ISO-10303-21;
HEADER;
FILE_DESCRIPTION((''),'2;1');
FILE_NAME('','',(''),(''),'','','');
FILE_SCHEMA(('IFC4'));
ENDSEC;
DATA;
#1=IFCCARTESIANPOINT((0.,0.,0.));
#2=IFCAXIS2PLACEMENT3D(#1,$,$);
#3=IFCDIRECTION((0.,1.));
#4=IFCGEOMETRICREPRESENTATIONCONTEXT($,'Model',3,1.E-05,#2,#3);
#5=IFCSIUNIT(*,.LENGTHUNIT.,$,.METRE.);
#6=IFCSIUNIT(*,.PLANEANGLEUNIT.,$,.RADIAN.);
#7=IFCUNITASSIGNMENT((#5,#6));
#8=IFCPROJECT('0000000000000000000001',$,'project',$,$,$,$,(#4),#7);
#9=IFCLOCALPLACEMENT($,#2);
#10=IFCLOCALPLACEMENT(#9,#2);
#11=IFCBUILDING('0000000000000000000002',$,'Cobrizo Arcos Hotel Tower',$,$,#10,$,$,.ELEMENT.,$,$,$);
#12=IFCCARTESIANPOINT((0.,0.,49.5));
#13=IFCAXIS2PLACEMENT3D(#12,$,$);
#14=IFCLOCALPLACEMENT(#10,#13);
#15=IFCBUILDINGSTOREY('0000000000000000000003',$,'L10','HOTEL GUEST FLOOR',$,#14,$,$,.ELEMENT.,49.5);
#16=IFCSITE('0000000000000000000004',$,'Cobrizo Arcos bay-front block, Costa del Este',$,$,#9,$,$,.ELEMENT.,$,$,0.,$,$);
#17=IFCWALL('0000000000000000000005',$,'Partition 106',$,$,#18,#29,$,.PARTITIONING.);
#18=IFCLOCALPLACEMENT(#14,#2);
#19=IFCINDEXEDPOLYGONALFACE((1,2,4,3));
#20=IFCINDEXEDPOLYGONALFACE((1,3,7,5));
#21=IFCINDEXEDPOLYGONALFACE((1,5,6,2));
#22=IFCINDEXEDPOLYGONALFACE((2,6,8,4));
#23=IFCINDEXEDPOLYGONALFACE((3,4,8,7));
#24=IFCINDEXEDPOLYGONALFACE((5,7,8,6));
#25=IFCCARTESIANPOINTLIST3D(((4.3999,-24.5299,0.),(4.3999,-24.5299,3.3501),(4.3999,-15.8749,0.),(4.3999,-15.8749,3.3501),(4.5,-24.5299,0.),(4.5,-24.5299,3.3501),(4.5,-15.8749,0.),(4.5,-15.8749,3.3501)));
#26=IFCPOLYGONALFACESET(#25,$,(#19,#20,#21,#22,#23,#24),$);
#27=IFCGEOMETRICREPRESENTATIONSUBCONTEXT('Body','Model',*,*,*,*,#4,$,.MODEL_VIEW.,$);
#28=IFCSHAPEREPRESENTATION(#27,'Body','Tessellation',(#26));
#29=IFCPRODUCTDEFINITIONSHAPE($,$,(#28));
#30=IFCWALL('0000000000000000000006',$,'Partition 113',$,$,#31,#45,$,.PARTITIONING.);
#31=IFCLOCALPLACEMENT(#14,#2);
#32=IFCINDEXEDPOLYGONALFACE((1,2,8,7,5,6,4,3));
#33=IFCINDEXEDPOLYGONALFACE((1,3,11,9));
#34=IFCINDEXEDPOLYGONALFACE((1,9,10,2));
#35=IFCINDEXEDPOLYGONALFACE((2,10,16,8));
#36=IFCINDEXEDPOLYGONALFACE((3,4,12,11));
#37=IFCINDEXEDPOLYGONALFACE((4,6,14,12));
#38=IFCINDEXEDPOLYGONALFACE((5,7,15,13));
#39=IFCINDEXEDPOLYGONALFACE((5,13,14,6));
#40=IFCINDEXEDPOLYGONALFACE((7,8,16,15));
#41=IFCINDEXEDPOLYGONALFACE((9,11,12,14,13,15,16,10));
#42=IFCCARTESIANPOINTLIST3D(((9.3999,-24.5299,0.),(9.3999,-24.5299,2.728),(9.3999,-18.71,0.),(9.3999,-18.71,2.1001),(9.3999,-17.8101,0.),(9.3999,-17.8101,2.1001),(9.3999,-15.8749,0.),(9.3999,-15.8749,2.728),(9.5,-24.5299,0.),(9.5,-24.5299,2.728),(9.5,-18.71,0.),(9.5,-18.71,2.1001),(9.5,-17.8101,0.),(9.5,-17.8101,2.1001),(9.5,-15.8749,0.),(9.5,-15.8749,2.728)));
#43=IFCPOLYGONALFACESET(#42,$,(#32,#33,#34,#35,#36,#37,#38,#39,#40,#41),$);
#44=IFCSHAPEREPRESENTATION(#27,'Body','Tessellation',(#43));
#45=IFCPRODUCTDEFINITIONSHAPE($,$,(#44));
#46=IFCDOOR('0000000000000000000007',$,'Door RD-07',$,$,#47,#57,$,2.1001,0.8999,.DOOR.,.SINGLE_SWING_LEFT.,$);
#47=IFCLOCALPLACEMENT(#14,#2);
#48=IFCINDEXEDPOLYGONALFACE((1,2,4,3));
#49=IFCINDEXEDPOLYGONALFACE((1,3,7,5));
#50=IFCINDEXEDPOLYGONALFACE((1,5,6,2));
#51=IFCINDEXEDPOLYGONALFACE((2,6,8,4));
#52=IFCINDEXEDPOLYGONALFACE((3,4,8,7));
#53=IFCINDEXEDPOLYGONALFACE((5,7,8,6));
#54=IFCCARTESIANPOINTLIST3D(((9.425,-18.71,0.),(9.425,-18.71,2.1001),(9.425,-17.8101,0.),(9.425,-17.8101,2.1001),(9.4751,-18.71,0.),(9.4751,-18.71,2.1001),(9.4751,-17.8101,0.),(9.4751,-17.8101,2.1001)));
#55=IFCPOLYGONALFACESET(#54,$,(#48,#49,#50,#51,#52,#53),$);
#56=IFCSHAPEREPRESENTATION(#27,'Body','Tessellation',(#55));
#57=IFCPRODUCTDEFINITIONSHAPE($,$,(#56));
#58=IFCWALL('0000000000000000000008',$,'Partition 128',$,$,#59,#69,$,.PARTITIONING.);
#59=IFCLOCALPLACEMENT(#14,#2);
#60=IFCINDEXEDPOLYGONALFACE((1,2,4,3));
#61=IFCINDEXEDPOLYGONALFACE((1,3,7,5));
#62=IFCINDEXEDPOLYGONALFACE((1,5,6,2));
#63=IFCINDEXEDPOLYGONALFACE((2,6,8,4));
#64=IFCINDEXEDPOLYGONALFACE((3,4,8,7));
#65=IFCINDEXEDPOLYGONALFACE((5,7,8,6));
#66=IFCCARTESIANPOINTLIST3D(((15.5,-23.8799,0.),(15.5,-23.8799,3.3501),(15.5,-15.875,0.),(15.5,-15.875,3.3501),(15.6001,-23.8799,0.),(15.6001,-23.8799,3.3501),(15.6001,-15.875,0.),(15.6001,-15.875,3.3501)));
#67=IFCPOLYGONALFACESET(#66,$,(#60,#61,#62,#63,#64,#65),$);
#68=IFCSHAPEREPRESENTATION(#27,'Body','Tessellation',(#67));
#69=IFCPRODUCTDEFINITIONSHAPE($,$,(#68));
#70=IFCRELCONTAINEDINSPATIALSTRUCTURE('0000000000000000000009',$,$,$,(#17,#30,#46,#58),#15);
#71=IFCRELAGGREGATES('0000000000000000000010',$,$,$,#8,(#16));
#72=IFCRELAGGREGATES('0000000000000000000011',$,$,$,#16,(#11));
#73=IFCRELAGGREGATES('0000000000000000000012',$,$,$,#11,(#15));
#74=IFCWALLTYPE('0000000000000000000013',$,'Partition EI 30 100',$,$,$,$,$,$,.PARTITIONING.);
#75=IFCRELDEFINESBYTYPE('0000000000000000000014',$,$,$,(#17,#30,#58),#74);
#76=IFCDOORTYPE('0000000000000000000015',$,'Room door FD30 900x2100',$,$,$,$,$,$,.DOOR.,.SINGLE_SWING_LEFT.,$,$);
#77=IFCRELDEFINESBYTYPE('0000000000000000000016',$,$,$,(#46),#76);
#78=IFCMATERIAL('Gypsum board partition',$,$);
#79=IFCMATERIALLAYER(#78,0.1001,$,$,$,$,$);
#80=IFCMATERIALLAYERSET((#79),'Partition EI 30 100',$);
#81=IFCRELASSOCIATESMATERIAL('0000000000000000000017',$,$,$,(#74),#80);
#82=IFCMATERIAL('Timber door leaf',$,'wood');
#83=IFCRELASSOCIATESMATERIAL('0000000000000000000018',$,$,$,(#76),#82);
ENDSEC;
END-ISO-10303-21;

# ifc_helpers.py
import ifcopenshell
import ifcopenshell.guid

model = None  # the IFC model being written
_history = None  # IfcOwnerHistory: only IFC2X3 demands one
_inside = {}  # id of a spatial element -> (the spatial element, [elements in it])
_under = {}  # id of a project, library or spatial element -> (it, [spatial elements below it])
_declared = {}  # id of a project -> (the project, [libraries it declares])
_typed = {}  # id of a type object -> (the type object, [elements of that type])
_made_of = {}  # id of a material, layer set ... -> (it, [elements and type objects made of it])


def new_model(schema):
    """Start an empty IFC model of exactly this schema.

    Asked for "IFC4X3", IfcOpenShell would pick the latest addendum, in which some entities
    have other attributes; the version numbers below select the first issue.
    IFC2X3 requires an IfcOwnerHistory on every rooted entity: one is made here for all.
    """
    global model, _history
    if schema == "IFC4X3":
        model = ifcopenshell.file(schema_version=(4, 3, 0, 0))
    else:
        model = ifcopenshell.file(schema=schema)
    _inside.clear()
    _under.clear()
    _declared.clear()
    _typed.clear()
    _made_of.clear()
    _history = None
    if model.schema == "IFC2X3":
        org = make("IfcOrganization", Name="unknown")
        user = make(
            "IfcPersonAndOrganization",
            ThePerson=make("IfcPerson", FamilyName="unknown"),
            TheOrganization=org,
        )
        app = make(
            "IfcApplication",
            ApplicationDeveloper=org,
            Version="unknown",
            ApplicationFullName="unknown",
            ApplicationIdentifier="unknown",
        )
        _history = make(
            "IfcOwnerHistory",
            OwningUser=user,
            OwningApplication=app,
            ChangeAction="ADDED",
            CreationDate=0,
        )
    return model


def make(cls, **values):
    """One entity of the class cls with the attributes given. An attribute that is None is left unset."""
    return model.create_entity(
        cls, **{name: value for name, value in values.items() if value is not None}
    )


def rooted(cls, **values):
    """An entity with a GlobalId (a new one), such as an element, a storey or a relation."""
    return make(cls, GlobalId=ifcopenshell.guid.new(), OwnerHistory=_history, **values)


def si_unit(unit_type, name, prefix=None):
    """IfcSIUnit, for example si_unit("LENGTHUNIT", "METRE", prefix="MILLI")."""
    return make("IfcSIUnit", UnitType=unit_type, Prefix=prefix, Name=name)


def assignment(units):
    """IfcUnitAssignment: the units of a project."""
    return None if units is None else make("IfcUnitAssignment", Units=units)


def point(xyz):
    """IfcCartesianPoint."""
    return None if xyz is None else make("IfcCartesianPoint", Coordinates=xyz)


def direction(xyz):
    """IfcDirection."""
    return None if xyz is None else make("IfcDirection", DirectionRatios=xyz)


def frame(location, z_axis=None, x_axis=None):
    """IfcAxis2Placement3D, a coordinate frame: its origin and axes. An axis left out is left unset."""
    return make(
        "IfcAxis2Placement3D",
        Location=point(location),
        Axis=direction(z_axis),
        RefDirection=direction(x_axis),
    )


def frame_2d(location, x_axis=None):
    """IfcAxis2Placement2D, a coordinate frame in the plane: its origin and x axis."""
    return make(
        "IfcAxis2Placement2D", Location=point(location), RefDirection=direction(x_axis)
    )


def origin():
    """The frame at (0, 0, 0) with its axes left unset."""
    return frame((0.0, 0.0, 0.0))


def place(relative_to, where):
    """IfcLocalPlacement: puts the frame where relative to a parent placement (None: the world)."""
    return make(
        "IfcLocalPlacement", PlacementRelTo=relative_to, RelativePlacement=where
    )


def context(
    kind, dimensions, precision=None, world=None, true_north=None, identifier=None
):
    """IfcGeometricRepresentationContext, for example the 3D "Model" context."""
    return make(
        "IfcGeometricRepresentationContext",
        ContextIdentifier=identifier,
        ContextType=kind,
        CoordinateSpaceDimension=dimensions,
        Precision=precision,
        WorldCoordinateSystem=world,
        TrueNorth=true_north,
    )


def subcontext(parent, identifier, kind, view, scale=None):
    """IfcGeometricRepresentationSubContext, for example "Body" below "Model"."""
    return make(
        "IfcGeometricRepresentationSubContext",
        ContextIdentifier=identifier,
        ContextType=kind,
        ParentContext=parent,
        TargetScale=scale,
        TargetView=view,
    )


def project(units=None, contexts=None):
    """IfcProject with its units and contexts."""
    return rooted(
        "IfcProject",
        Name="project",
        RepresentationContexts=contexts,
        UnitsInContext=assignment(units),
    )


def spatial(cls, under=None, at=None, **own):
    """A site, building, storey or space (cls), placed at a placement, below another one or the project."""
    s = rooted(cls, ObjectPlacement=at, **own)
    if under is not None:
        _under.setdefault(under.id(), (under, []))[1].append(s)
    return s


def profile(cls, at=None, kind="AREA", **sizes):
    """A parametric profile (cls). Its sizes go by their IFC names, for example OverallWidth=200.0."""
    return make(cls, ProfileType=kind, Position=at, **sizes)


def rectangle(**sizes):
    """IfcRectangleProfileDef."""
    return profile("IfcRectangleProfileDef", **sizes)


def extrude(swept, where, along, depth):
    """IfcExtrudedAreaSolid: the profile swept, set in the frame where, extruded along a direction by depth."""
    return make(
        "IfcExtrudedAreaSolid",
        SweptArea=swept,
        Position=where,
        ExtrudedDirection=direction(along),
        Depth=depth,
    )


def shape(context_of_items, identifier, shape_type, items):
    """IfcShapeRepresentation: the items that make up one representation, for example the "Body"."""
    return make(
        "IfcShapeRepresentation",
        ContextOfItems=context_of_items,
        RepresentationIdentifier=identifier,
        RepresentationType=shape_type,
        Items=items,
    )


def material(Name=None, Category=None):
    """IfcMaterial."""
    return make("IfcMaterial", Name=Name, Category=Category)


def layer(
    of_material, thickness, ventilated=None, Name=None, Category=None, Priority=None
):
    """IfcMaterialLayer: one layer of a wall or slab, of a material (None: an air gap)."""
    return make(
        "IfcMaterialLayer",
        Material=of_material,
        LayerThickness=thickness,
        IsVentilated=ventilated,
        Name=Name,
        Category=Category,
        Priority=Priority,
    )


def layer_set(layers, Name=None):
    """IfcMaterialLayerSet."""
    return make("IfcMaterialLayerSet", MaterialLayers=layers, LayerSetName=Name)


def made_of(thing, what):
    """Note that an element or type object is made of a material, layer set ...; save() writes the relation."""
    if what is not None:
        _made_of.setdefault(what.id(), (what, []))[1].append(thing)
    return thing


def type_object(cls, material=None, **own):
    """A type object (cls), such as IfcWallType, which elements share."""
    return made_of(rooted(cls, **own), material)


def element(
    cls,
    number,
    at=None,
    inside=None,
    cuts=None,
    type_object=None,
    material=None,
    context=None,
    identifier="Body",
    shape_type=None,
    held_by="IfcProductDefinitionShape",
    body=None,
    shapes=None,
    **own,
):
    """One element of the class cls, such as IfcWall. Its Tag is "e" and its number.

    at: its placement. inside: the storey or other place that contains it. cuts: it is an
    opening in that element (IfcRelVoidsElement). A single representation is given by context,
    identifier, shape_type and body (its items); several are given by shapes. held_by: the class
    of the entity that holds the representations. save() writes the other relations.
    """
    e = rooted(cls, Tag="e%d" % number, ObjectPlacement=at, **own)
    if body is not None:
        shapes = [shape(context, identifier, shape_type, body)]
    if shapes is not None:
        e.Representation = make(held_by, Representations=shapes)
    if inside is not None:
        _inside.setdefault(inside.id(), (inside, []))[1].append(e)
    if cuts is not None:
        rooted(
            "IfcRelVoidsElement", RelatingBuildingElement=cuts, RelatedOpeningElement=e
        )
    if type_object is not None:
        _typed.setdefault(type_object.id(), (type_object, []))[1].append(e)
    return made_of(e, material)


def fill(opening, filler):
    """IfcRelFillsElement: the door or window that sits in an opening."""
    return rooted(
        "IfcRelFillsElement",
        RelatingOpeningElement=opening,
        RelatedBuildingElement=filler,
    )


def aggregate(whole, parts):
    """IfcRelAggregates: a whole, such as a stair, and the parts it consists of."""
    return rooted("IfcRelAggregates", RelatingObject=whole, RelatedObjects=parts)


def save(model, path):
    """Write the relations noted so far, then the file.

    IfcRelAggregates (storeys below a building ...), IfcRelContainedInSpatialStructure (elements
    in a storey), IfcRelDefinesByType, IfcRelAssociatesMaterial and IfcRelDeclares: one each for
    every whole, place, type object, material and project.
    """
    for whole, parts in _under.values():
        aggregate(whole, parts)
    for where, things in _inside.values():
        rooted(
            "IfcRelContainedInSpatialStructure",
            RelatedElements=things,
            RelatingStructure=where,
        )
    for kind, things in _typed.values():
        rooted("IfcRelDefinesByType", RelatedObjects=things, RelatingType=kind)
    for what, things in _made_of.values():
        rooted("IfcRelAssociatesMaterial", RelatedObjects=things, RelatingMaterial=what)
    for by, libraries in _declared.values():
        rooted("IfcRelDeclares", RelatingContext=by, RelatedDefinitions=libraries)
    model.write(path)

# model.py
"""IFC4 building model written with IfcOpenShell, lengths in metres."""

from ifc_helpers import new_model, si_unit, direction, frame, frame_2d, origin, place, context, subcontext, project, spatial, rectangle, extrude, material, layer, layer_set, type_object, element, fill, save


model = new_model("IFC4")

# Units and contexts
model_context = context("Model", 3, precision=1e-05, world=origin(), true_north=direction((0.0, 1.0)))
body_context = subcontext(model_context, "Body", "Model", "MODEL_VIEW")
ifc_project = project(units=[si_unit("LENGTHUNIT", "METRE"), si_unit("PLANEANGLEUNIT", "RADIAN")], contexts=[model_context])

# Site, building, storey
site_placement = place(None, origin())
site = spatial("IfcSite", under=ifc_project, at=site_placement, Name="Cobrizo Arcos bay-front block, Costa del Este", CompositionType="ELEMENT", RefElevation=0.0)
building_placement = place(site_placement, origin())
building = spatial("IfcBuilding", under=site, at=building_placement, Name="Cobrizo Arcos Hotel Tower", CompositionType="ELEMENT")
storey_placement = place(building_placement, frame((0.0, 0.0, 49.5)))
storey = spatial("IfcBuildingStorey", under=building, at=storey_placement, Name="L10", Description="HOTEL GUEST FLOOR", CompositionType="ELEMENT", Elevation=49.5)

# Wall
ifc_material_1 = material(Name="Gypsum board partition")
ifc_layer_1 = layer(ifc_material_1, 0.1001)
ifc_layer_set_1 = layer_set([ifc_layer_1], Name="Partition EI 30 100")
wall_type = type_object("IfcWallType", Name="Partition EI 30 100", PredefinedType="PARTITIONING", material=ifc_layer_set_1)
wall_1_placement = place(storey_placement, frame((4.45, -24.53, 0.0), z_axis=(0.0, 0.0, 1.0), x_axis=(0.0, 1.0, 0.0)))
element("IfcWall", 1, at=wall_1_placement, inside=storey, type_object=wall_type, Name="Partition 106", PredefinedType="PARTITIONING", context=body_context, shape_type="SweptSolid", body=[
    extrude(rectangle(XDim=8.655, YDim=0.1001, at=frame_2d((4.3276, 0.0))), origin(), (0.0, 0.0, 1.0), 3.3501),
])

# Wall, opening, door
wall_2_placement = place(storey_placement, frame((9.45, -24.53, 0.0), z_axis=(0.0, 0.0, 1.0), x_axis=(0.0, 1.0, 0.0)))
wall_2 = element("IfcWall", 2, at=wall_2_placement, inside=storey, type_object=wall_type, Name="Partition 113", PredefinedType="PARTITIONING", context=body_context, shape_type="SweptSolid", body=[
    extrude(rectangle(XDim=8.655, YDim=0.1001, at=frame_2d((4.3276, 0.0))), origin(), (0.0, 0.0, 1.0), 2.728),
])
opening_placement = place(wall_2_placement, frame((5.8201, 0.0, 0.0)))
opening = element("IfcOpeningElement", 3, at=opening_placement, cuts=wall_2, PredefinedType="OPENING", context=body_context, shape_type="SweptSolid", body=[
    extrude(rectangle(XDim=0.8999, YDim=2.1001, at=frame_2d((0.45, 1.05))), frame((0.0, 0.062, 0.0), z_axis=(0.0, -1.0, 0.0), x_axis=(1.0, 0.0, 0.0)), (0.0, 0.0, 1.0), 0.124),
])
ifc_material_2 = material(Name="Timber door leaf", Category="wood")
door_type = type_object("IfcDoorType", Name="Room door FD30 900x2100", OperationType="SINGLE_SWING_LEFT", PredefinedType="DOOR", material=ifc_material_2)
door_placement = place(opening_placement, origin())
door = element("IfcDoor", 4, at=door_placement, inside=storey, type_object=door_type, Name="Door RD-07", OperationType="SINGLE_SWING_LEFT", OverallHeight=2.1001, OverallWidth=0.8999, PredefinedType="DOOR", context=body_context, shape_type="SweptSolid", body=[
    extrude(rectangle(XDim=0.8999, YDim=2.1001, at=frame_2d((0.45, 1.05))), frame((0.0, 0.0249, 0.0), z_axis=(0.0, -1.0, 0.0), x_axis=(1.0, 0.0, 0.0)), (0.0, 0.0, 1.0), 0.05),
])
fill(opening, door)

# Wall
wall_3_placement = place(storey_placement, frame((15.55, -23.8799, 0.0), z_axis=(0.0, 0.0, 1.0), x_axis=(0.0, 1.0, 0.0)))
element("IfcWall", 5, at=wall_3_placement, inside=storey, type_object=wall_type, Name="Partition 128", PredefinedType="PARTITIONING", context=body_context, shape_type="SweptSolid", body=[
    extrude(rectangle(XDim=8.0049, YDim=0.1001, at=frame_2d((4.0024, 0.0))), origin(), (0.0, 0.0, 1.0), 3.3501),
])

save(model, "model.ifc")
